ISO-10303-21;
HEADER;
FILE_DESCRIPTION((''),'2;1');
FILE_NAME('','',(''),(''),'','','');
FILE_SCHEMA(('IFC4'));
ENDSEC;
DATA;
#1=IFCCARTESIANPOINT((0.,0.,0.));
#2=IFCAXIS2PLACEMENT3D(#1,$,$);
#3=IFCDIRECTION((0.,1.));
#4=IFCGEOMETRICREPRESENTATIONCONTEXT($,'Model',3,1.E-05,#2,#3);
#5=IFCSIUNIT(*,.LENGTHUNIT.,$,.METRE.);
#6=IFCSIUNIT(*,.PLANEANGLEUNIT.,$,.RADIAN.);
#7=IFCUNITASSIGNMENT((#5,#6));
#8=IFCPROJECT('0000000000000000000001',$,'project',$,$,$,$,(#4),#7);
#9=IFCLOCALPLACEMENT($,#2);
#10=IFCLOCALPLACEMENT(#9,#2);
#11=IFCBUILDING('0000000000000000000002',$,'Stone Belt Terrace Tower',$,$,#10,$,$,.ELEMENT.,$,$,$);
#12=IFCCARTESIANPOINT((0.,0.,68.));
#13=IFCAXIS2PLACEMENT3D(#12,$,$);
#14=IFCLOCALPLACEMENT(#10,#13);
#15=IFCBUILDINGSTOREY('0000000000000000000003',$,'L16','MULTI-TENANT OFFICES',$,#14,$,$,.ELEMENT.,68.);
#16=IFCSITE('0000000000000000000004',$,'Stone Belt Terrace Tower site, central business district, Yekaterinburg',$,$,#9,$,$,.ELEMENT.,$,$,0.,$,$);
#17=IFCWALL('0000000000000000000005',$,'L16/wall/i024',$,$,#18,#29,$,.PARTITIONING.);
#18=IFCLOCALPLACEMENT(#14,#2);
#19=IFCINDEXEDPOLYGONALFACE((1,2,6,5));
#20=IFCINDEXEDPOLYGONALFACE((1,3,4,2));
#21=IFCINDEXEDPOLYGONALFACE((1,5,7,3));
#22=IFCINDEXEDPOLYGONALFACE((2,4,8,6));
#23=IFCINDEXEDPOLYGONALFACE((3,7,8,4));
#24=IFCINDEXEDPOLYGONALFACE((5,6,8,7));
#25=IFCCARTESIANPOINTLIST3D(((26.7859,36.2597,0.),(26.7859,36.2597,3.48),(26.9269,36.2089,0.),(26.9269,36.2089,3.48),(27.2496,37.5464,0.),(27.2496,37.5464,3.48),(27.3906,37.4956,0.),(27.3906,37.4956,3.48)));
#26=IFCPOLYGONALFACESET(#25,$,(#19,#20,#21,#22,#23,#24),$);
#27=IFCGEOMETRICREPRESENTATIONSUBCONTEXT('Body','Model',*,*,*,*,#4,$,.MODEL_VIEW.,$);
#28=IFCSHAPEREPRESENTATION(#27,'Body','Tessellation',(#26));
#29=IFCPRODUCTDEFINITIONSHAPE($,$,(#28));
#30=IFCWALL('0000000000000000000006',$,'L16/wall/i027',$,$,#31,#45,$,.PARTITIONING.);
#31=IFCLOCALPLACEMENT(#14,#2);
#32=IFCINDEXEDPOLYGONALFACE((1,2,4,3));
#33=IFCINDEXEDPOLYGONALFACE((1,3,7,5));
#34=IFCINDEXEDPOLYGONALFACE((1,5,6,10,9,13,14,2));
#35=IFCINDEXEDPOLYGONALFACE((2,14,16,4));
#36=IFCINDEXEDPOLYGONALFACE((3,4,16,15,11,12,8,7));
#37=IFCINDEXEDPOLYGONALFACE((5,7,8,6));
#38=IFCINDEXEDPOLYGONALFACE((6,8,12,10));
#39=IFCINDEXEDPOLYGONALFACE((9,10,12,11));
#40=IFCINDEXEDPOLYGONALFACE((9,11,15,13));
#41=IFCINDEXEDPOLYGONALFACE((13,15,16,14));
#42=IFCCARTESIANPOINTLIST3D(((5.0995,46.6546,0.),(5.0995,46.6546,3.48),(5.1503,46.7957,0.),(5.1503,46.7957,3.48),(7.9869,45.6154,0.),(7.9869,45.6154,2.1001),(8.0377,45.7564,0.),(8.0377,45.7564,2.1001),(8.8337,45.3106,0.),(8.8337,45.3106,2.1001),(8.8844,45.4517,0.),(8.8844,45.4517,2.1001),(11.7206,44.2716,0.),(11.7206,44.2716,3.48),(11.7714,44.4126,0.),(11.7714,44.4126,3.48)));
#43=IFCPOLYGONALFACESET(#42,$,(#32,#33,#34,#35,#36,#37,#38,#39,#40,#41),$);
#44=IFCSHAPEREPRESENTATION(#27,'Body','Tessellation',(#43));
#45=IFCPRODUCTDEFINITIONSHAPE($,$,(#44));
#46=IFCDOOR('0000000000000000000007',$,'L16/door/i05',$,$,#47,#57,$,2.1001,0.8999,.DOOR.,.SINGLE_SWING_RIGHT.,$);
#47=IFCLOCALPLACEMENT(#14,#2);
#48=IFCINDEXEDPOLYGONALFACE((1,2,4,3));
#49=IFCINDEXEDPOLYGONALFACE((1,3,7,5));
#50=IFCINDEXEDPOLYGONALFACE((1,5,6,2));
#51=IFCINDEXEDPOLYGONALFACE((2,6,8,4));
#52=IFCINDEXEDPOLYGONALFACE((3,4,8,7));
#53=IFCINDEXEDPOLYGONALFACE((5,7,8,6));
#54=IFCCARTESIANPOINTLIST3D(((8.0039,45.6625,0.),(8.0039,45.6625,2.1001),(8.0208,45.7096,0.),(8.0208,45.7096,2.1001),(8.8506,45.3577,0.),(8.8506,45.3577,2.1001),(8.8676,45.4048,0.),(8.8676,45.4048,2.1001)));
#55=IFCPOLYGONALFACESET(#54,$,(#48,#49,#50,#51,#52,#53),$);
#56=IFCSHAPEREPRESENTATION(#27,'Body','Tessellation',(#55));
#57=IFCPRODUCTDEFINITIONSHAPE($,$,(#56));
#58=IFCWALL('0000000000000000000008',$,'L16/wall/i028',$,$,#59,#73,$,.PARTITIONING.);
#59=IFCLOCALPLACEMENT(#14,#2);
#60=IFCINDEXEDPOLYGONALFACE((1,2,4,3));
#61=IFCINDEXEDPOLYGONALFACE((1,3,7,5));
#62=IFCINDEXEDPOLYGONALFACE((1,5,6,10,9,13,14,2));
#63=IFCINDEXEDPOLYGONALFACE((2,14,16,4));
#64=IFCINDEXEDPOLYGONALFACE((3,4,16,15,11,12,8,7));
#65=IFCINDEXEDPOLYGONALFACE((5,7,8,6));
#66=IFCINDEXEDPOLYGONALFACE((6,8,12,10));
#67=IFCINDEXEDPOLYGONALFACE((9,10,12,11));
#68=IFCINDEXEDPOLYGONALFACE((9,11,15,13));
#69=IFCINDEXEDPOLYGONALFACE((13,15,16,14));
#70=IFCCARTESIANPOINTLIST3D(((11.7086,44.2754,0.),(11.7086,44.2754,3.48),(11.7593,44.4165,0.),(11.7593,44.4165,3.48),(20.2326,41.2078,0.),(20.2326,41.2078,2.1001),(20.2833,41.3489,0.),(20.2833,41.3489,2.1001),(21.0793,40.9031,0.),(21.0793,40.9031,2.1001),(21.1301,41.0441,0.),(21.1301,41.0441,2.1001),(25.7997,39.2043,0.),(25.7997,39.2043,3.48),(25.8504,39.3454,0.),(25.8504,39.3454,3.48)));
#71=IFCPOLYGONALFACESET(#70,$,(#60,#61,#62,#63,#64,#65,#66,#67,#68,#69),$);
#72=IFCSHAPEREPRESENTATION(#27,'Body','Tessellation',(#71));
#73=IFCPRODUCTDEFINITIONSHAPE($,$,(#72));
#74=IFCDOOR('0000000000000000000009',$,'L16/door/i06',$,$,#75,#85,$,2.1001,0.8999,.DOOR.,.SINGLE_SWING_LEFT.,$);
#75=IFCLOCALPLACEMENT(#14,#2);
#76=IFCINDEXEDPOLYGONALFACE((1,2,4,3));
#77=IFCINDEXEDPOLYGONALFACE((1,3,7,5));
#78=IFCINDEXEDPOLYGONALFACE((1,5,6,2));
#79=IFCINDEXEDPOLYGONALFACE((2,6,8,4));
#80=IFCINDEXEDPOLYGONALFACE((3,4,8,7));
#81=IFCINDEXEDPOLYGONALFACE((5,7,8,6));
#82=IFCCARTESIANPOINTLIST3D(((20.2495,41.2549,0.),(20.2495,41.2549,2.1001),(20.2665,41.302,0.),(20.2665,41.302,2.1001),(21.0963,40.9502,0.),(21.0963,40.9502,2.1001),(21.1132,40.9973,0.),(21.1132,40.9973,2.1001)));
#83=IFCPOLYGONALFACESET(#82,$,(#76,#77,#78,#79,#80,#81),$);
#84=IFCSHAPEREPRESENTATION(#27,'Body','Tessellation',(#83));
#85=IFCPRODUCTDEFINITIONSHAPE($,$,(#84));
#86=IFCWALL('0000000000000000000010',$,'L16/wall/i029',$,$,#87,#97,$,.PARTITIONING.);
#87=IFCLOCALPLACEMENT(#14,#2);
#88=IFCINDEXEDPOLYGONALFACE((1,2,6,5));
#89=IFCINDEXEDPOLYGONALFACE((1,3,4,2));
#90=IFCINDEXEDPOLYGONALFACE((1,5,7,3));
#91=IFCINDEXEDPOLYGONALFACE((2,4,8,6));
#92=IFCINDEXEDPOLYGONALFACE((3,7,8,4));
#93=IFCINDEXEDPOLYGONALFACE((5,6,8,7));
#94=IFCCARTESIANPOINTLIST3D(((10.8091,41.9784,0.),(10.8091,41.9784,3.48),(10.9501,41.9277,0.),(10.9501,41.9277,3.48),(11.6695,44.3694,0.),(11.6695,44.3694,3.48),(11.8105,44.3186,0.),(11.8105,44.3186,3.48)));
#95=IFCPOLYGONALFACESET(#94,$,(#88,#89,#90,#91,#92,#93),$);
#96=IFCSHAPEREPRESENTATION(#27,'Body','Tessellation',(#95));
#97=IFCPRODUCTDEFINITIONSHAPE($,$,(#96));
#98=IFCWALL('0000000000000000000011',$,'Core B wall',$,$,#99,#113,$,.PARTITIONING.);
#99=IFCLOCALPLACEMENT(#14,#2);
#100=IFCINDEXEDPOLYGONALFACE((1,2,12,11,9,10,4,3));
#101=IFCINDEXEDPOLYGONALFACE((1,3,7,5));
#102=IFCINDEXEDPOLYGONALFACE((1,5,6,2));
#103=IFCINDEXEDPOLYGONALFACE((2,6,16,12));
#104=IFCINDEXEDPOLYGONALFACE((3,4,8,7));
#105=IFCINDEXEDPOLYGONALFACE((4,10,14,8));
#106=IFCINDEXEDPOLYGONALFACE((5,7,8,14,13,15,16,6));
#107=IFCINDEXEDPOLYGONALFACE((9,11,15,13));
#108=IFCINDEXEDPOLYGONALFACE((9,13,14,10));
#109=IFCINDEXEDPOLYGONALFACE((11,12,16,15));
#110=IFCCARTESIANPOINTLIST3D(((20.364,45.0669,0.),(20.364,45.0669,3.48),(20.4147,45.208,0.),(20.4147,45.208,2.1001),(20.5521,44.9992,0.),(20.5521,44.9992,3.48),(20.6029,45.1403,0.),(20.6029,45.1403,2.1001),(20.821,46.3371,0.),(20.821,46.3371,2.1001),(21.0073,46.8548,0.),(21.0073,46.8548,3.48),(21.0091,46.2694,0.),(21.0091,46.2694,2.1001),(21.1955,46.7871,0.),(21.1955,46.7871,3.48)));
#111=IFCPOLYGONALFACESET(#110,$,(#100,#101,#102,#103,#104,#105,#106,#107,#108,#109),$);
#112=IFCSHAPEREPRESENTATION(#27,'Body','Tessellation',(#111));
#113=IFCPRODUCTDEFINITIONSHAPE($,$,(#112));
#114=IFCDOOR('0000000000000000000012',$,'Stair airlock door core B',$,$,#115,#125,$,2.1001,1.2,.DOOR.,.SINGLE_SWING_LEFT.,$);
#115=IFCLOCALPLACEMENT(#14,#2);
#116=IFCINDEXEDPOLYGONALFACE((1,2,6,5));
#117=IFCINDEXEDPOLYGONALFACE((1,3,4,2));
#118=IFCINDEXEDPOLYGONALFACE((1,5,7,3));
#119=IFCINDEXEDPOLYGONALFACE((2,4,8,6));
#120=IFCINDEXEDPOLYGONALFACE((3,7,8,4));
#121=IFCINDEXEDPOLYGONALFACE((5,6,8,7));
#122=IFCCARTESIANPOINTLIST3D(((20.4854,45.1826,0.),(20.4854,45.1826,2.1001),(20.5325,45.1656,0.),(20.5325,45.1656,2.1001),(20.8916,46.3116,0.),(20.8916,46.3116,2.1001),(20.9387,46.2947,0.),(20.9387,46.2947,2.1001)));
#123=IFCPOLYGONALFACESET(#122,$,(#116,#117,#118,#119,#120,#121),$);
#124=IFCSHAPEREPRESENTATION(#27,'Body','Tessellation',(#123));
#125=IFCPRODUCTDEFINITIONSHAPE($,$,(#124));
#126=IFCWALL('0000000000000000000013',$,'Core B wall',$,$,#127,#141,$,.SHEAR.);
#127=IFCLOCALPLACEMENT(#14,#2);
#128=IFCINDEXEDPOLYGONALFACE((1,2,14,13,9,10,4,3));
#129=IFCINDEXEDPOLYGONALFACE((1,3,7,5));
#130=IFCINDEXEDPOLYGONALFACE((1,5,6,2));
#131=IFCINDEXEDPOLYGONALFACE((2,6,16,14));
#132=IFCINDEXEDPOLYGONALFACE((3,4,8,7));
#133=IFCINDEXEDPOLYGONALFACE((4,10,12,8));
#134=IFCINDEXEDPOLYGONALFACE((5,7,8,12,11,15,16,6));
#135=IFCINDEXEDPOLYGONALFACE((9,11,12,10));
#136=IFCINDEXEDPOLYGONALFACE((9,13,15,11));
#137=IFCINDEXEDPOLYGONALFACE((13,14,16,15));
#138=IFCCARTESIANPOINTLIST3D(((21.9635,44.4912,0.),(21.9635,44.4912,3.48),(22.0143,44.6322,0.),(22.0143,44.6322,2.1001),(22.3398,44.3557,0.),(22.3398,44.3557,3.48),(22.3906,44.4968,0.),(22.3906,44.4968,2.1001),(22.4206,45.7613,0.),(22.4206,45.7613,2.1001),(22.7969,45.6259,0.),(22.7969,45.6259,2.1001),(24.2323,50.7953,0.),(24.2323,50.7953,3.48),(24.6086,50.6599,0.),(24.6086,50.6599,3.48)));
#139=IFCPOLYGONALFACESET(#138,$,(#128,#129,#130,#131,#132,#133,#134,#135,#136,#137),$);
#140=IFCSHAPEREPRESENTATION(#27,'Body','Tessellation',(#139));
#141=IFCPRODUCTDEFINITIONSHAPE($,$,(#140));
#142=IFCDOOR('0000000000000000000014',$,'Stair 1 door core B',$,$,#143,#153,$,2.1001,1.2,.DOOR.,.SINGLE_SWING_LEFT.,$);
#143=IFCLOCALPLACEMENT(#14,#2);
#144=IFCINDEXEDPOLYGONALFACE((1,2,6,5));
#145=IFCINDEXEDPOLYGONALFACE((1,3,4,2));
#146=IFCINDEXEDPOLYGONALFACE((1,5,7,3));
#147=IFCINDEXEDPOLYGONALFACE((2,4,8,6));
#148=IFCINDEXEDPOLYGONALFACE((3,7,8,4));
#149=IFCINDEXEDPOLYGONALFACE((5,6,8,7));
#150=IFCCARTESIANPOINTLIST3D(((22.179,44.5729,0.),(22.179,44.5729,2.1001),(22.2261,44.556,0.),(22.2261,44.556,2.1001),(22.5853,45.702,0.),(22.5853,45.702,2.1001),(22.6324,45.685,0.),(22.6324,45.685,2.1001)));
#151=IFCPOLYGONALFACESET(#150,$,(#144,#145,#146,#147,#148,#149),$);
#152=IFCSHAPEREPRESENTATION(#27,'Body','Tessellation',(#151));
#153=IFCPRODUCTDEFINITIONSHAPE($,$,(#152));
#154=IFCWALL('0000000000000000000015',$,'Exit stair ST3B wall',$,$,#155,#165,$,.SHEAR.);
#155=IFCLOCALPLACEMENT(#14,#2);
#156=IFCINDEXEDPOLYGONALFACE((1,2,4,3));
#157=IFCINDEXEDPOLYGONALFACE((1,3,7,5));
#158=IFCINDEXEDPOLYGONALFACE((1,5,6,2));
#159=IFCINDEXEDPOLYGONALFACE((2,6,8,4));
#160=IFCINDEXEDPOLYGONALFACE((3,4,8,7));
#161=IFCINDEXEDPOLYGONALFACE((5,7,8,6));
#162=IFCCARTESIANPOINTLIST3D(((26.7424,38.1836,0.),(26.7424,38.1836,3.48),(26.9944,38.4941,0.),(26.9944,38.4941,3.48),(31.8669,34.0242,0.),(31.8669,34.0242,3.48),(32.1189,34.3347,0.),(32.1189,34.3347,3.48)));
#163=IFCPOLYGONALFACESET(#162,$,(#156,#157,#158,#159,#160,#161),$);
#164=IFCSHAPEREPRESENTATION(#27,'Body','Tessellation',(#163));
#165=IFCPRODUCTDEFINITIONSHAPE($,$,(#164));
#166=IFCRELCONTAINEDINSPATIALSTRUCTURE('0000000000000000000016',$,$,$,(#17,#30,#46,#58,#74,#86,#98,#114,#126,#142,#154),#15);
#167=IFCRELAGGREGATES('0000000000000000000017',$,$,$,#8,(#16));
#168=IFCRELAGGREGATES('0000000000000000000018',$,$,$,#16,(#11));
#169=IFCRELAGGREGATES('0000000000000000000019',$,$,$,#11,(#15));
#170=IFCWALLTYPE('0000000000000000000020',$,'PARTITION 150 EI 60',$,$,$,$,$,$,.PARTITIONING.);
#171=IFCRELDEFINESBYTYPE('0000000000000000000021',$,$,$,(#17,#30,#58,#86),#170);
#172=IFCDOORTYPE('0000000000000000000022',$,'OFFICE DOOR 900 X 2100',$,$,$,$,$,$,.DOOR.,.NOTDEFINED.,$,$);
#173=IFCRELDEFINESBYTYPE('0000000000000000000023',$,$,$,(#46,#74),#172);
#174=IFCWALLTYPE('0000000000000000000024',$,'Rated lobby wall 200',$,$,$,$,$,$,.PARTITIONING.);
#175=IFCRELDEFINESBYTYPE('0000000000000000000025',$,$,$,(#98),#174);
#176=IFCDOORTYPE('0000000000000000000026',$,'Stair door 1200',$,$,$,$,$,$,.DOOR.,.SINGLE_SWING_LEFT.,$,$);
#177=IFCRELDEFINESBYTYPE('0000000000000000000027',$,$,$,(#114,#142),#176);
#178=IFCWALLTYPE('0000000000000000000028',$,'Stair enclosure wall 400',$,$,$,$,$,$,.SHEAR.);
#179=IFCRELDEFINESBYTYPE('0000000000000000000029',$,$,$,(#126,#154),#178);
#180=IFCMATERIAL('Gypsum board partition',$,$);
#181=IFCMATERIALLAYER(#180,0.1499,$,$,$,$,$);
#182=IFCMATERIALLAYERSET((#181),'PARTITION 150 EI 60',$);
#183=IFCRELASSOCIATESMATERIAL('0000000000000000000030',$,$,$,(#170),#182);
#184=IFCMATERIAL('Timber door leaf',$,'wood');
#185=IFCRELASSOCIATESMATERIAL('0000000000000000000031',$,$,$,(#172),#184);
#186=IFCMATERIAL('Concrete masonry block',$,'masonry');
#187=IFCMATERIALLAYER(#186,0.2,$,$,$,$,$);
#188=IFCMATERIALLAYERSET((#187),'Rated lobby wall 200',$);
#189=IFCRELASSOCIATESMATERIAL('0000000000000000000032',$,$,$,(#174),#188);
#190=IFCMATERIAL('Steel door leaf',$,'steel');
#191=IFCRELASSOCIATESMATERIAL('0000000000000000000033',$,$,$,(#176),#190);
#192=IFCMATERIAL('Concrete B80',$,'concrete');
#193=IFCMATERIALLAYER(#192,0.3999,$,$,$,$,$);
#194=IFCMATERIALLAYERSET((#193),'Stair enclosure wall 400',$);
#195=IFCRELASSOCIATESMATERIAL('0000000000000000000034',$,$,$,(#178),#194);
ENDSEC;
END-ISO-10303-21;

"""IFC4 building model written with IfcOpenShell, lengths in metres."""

from ifc_helpers import new_model, si_unit, direction, frame, frame_2d, origin, place, context, subcontext, project, spatial, rectangle, extrude, material, layer, layer_set, type_object, element, fill, save


model = new_model("IFC4")

# Units and contexts
model_context = context("Model", 3, precision=1e-05, world=origin(), true_north=direction((0.0, 1.0)))
body_context = subcontext(model_context, "Body", "Model", "MODEL_VIEW")
ifc_project = project(units=[si_unit("LENGTHUNIT", "METRE"), si_unit("PLANEANGLEUNIT", "RADIAN")], contexts=[model_context])

# Site, building, storey
site_placement = place(None, origin())
site = spatial("IfcSite", under=ifc_project, at=site_placement, Name="Stone Belt Terrace Tower site, central business district, Yekaterinburg", CompositionType="ELEMENT", RefElevation=0.0)
building_placement = place(site_placement, origin())
building = spatial("IfcBuilding", under=site, at=building_placement, Name="Stone Belt Terrace Tower", CompositionType="ELEMENT")
storey_placement = place(building_placement, frame((0.0, 0.0, 68.0)))
storey = spatial("IfcBuildingStorey", under=building, at=storey_placement, Name="L16", Description="MULTI-TENANT OFFICES", CompositionType="ELEMENT", Elevation=68.0)

# Shared definitions
ifc_material_1 = material(Name="Concrete B80", Category="concrete")

# Shared definitions
ifc_material_2 = material(Name="Timber door leaf", Category="wood")
ifc_material_3 = material(Name="Gypsum board partition")
ifc_layer_1 = layer(ifc_material_3, 0.1499)
ifc_layer_set_1 = layer_set([ifc_layer_1], Name="PARTITION 150 EI 60")
wall_type_1 = type_object("IfcWallType", Name="PARTITION 150 EI 60", PredefinedType="PARTITIONING", material=ifc_layer_set_1)

# Wall
wall_1_placement = place(storey_placement, frame((27.3201, 37.521, 0.0), z_axis=(0.0, 0.0, 1.0), x_axis=(-0.339004, -0.940785, 0.0)))
element("IfcWall", 1, at=wall_1_placement, inside=storey, type_object=wall_type_1, Name="L16/wall/i024", PredefinedType="PARTITIONING", context=body_context, shape_type="SweptSolid", body=[
    extrude(rectangle(XDim=1.3677, YDim=0.1499, at=frame_2d((0.6838, 0.0))), origin(), (0.0, 0.0, 1.0), 3.48),
])

# Walls, openings, doors
wall_2_placement = place(storey_placement, frame((11.7461, 44.342, 0.0), z_axis=(0.0, 0.0, 1.0), x_axis=(-0.940912, 0.338652, 0.0)))
wall_2 = element("IfcWall", 2, at=wall_2_placement, inside=storey, type_object=wall_type_1, Name="L16/wall/i027", PredefinedType="PARTITIONING", context=body_context, shape_type="SweptSolid", body=[
    extrude(rectangle(XDim=7.0369, YDim=0.1499, at=frame_2d((3.5186, 0.0))), origin(), (0.0, 0.0, 1.0), 3.48),
])
opening_1_placement = place(wall_2_placement, frame((3.0684, 0.0, 0.0)))
opening_1 = element("IfcOpeningElement", 3, at=opening_1_placement, cuts=wall_2, PredefinedType="OPENING", context=body_context, shape_type="SweptSolid", body=[
    extrude(rectangle(XDim=0.8999, YDim=2.1001, at=frame_2d((0.45, 1.05))), frame((0.0, 0.085, 0.0), z_axis=(0.0, -1.0, 0.0), x_axis=(1.0, 0.0, 0.0)), (0.0, 0.0, 1.0), 0.1699),
])
door_type_1 = type_object("IfcDoorType", Name="OFFICE DOOR 900 X 2100", OperationType="NOTDEFINED", PredefinedType="DOOR", material=ifc_material_2)
door_1_placement = place(opening_1_placement, origin())
door_1 = element("IfcDoor", 4, at=door_1_placement, inside=storey, type_object=door_type_1, Name="L16/door/i05", OperationType="SINGLE_SWING_RIGHT", OverallHeight=2.1001, OverallWidth=0.8999, PredefinedType="DOOR", context=body_context, shape_type="SweptSolid", body=[
    extrude(rectangle(XDim=0.8999, YDim=2.1001, at=frame_2d((0.45, 1.05))), frame((0.0, 0.0249, 0.0), z_axis=(0.0, -1.0, 0.0), x_axis=(1.0, 0.0, 0.0)), (0.0, 0.0, 1.0), 0.05),
])
fill(opening_1, door_1)
wall_3_placement = place(storey_placement, frame((25.825, 39.2749, 0.0), z_axis=(0.0, 0.0, 1.0), x_axis=(-0.940924, 0.338617, 0.0)))
wall_3 = element("IfcWall", 5, at=wall_3_placement, inside=storey, type_object=wall_type_1, Name="L16/wall/i028", PredefinedType="PARTITIONING", context=body_context, shape_type="SweptSolid", body=[
    extrude(rectangle(XDim=14.9758, YDim=0.1499, at=frame_2d((7.4878, 0.0))), origin(), (0.0, 0.0, 1.0), 3.48),
])
opening_2_placement = place(wall_3_placement, frame((5.0166, 0.0, 0.0)))
opening_2 = element("IfcOpeningElement", 6, at=opening_2_placement, cuts=wall_3, PredefinedType="OPENING", context=body_context, shape_type="SweptSolid", body=[
    extrude(rectangle(XDim=0.8999, YDim=2.1001, at=frame_2d((0.45, 1.05))), frame((0.0, 0.085, 0.0), z_axis=(0.0, -1.0, 0.0), x_axis=(1.0, 0.0, 0.0)), (0.0, 0.0, 1.0), 0.1699),
])
door_2_placement = place(opening_2_placement, origin())
door_2 = element("IfcDoor", 7, at=door_2_placement, inside=storey, type_object=door_type_1, Name="L16/door/i06", OperationType="SINGLE_SWING_LEFT", OverallHeight=2.1001, OverallWidth=0.8999, PredefinedType="DOOR", context=body_context, shape_type="SweptSolid", body=[
    extrude(rectangle(XDim=0.8999, YDim=2.1001, at=frame_2d((0.45, 1.05))), frame((0.0, 0.0249, 0.0), z_axis=(0.0, -1.0, 0.0), x_axis=(1.0, 0.0, 0.0)), (0.0, 0.0, 1.0), 0.05),
])
fill(opening_2, door_2)

# Wall
wall_4_placement = place(storey_placement, frame((11.74, 44.344, 0.0), z_axis=(0.0, 0.0, 1.0), x_axis=(-0.338594, -0.940933, 0.0)))
element("IfcWall", 8, at=wall_4_placement, inside=storey, type_object=wall_type_1, Name="L16/wall/i029", PredefinedType="PARTITIONING", context=body_context, shape_type="SweptSolid", body=[
    extrude(rectangle(XDim=2.541, YDim=0.1499, at=frame_2d((1.2705, 0.0))), origin(), (0.0, 0.0, 1.0), 3.48),
])

# Walls, openings, doors
ifc_material_4 = material(Name="Concrete masonry block", Category="masonry")
ifc_layer_2 = layer(ifc_material_4, 0.2)
ifc_layer_set_2 = layer_set([ifc_layer_2], Name="Rated lobby wall 200")
wall_type_2 = type_object("IfcWallType", Name="Rated lobby wall 200", PredefinedType="PARTITIONING", material=ifc_layer_set_2)
wall_5_placement = place(storey_placement, frame((20.458, 45.033, 0.0), z_axis=(0.0, 0.0, 1.0), x_axis=(0.338574, 0.94094, 0.0)))
wall_5 = element("IfcWall", 9, at=wall_5_placement, inside=storey, type_object=wall_type_2, Name="Core B wall", PredefinedType="PARTITIONING", context=body_context, shape_type="SweptSolid", body=[
    extrude(rectangle(XDim=1.9001, YDim=0.2, at=frame_2d((0.9502, 0.0))), origin(), (0.0, 0.0, 1.0), 3.48),
])
opening_3_placement = place(wall_5_placement, frame((0.1499, 0.0, 0.0)))
opening_3 = element("IfcOpeningElement", 10, at=opening_3_placement, cuts=wall_5, PredefinedType="OPENING", context=body_context, shape_type="SweptSolid", body=[
    extrude(rectangle(XDim=1.2, YDim=2.1001, at=frame_2d((0.6001, 1.05))), frame((0.0, 0.1099, 0.0), z_axis=(0.0, -1.0, 0.0), x_axis=(1.0, 0.0, 0.0)), (0.0, 0.0, 1.0), 0.22),
])
ifc_material_5 = material(Name="Steel door leaf", Category="steel")
door_type_2 = type_object("IfcDoorType", Name="Stair door 1200", OperationType="SINGLE_SWING_LEFT", PredefinedType="DOOR", material=ifc_material_5)
door_3_placement = place(opening_3_placement, origin())
door_3 = element("IfcDoor", 11, at=door_3_placement, inside=storey, type_object=door_type_2, Name="Stair airlock door core B", OperationType="SINGLE_SWING_LEFT", OverallHeight=2.1001, OverallWidth=1.2, PredefinedType="DOOR", context=body_context, shape_type="SweptSolid", body=[
    extrude(rectangle(XDim=1.2, YDim=2.1001, at=frame_2d((0.6001, 1.05))), frame((0.0, 0.0249, 0.0), z_axis=(0.0, -1.0, 0.0), x_axis=(1.0, 0.0, 0.0)), (0.0, 0.0, 1.0), 0.05),
])
fill(opening_3, door_3)
ifc_layer_3 = layer(ifc_material_1, 0.3999)
ifc_layer_set_3 = layer_set([ifc_layer_3], Name="Stair enclosure wall 400")
wall_type_3 = type_object("IfcWallType", Name="Stair enclosure wall 400", PredefinedType="SHEAR", material=ifc_layer_set_3)
wall_6_placement = place(storey_placement, frame((22.1516, 44.4233, 0.0), z_axis=(0.0, 0.0, 1.0), x_axis=(0.338625, 0.940921, 0.0)))
wall_6 = element("IfcWall", 12, at=wall_6_placement, inside=storey, type_object=wall_type_3, Name="Core B wall", PredefinedType="SHEAR", context=body_context, shape_type="SweptSolid", body=[
    extrude(rectangle(XDim=6.7, YDim=0.3999, at=frame_2d((3.3501, 0.0))), origin(), (0.0, 0.0, 1.0), 3.48),
])
opening_4_placement = place(wall_6_placement, frame((0.1499, 0.0, 0.0)))
opening_4 = element("IfcOpeningElement", 13, at=opening_4_placement, cuts=wall_6, PredefinedType="OPENING", context=body_context, shape_type="SweptSolid", body=[
    extrude(rectangle(XDim=1.2, YDim=2.1001, at=frame_2d((0.6001, 1.05))), frame((0.0, 0.21, 0.0), z_axis=(0.0, -1.0, 0.0), x_axis=(1.0, 0.0, 0.0)), (0.0, 0.0, 1.0), 0.4199),
])
door_4_placement = place(opening_4_placement, origin())
door_4 = element("IfcDoor", 14, at=door_4_placement, inside=storey, type_object=door_type_2, Name="Stair 1 door core B", OperationType="SINGLE_SWING_LEFT", OverallHeight=2.1001, OverallWidth=1.2, PredefinedType="DOOR", context=body_context, shape_type="SweptSolid", body=[
    extrude(rectangle(XDim=1.2, YDim=2.1001, at=frame_2d((0.6001, 1.05))), frame((0.0, 0.0249, 0.0), z_axis=(0.0, -1.0, 0.0), x_axis=(1.0, 0.0, 0.0)), (0.0, 0.0, 1.0), 0.05),
])
fill(opening_4, door_4)

# Wall
wall_7_placement = place(storey_placement, frame((26.8684, 38.3389, 0.0), z_axis=(0.0, 0.0, 1.0), x_axis=(0.776428, -0.630205, 0.0)))
element("IfcWall", 15, at=wall_7_placement, inside=storey, type_object=wall_type_3, Name="Exit stair ST3B wall", PredefinedType="SHEAR", context=body_context, shape_type="SweptSolid", body=[
    extrude(rectangle(XDim=6.6001, YDim=0.3999, at=frame_2d((3.3, 0.0))), origin(), (0.0, 0.0, 1.0), 3.48),
])

save(model, "model.ifc")
